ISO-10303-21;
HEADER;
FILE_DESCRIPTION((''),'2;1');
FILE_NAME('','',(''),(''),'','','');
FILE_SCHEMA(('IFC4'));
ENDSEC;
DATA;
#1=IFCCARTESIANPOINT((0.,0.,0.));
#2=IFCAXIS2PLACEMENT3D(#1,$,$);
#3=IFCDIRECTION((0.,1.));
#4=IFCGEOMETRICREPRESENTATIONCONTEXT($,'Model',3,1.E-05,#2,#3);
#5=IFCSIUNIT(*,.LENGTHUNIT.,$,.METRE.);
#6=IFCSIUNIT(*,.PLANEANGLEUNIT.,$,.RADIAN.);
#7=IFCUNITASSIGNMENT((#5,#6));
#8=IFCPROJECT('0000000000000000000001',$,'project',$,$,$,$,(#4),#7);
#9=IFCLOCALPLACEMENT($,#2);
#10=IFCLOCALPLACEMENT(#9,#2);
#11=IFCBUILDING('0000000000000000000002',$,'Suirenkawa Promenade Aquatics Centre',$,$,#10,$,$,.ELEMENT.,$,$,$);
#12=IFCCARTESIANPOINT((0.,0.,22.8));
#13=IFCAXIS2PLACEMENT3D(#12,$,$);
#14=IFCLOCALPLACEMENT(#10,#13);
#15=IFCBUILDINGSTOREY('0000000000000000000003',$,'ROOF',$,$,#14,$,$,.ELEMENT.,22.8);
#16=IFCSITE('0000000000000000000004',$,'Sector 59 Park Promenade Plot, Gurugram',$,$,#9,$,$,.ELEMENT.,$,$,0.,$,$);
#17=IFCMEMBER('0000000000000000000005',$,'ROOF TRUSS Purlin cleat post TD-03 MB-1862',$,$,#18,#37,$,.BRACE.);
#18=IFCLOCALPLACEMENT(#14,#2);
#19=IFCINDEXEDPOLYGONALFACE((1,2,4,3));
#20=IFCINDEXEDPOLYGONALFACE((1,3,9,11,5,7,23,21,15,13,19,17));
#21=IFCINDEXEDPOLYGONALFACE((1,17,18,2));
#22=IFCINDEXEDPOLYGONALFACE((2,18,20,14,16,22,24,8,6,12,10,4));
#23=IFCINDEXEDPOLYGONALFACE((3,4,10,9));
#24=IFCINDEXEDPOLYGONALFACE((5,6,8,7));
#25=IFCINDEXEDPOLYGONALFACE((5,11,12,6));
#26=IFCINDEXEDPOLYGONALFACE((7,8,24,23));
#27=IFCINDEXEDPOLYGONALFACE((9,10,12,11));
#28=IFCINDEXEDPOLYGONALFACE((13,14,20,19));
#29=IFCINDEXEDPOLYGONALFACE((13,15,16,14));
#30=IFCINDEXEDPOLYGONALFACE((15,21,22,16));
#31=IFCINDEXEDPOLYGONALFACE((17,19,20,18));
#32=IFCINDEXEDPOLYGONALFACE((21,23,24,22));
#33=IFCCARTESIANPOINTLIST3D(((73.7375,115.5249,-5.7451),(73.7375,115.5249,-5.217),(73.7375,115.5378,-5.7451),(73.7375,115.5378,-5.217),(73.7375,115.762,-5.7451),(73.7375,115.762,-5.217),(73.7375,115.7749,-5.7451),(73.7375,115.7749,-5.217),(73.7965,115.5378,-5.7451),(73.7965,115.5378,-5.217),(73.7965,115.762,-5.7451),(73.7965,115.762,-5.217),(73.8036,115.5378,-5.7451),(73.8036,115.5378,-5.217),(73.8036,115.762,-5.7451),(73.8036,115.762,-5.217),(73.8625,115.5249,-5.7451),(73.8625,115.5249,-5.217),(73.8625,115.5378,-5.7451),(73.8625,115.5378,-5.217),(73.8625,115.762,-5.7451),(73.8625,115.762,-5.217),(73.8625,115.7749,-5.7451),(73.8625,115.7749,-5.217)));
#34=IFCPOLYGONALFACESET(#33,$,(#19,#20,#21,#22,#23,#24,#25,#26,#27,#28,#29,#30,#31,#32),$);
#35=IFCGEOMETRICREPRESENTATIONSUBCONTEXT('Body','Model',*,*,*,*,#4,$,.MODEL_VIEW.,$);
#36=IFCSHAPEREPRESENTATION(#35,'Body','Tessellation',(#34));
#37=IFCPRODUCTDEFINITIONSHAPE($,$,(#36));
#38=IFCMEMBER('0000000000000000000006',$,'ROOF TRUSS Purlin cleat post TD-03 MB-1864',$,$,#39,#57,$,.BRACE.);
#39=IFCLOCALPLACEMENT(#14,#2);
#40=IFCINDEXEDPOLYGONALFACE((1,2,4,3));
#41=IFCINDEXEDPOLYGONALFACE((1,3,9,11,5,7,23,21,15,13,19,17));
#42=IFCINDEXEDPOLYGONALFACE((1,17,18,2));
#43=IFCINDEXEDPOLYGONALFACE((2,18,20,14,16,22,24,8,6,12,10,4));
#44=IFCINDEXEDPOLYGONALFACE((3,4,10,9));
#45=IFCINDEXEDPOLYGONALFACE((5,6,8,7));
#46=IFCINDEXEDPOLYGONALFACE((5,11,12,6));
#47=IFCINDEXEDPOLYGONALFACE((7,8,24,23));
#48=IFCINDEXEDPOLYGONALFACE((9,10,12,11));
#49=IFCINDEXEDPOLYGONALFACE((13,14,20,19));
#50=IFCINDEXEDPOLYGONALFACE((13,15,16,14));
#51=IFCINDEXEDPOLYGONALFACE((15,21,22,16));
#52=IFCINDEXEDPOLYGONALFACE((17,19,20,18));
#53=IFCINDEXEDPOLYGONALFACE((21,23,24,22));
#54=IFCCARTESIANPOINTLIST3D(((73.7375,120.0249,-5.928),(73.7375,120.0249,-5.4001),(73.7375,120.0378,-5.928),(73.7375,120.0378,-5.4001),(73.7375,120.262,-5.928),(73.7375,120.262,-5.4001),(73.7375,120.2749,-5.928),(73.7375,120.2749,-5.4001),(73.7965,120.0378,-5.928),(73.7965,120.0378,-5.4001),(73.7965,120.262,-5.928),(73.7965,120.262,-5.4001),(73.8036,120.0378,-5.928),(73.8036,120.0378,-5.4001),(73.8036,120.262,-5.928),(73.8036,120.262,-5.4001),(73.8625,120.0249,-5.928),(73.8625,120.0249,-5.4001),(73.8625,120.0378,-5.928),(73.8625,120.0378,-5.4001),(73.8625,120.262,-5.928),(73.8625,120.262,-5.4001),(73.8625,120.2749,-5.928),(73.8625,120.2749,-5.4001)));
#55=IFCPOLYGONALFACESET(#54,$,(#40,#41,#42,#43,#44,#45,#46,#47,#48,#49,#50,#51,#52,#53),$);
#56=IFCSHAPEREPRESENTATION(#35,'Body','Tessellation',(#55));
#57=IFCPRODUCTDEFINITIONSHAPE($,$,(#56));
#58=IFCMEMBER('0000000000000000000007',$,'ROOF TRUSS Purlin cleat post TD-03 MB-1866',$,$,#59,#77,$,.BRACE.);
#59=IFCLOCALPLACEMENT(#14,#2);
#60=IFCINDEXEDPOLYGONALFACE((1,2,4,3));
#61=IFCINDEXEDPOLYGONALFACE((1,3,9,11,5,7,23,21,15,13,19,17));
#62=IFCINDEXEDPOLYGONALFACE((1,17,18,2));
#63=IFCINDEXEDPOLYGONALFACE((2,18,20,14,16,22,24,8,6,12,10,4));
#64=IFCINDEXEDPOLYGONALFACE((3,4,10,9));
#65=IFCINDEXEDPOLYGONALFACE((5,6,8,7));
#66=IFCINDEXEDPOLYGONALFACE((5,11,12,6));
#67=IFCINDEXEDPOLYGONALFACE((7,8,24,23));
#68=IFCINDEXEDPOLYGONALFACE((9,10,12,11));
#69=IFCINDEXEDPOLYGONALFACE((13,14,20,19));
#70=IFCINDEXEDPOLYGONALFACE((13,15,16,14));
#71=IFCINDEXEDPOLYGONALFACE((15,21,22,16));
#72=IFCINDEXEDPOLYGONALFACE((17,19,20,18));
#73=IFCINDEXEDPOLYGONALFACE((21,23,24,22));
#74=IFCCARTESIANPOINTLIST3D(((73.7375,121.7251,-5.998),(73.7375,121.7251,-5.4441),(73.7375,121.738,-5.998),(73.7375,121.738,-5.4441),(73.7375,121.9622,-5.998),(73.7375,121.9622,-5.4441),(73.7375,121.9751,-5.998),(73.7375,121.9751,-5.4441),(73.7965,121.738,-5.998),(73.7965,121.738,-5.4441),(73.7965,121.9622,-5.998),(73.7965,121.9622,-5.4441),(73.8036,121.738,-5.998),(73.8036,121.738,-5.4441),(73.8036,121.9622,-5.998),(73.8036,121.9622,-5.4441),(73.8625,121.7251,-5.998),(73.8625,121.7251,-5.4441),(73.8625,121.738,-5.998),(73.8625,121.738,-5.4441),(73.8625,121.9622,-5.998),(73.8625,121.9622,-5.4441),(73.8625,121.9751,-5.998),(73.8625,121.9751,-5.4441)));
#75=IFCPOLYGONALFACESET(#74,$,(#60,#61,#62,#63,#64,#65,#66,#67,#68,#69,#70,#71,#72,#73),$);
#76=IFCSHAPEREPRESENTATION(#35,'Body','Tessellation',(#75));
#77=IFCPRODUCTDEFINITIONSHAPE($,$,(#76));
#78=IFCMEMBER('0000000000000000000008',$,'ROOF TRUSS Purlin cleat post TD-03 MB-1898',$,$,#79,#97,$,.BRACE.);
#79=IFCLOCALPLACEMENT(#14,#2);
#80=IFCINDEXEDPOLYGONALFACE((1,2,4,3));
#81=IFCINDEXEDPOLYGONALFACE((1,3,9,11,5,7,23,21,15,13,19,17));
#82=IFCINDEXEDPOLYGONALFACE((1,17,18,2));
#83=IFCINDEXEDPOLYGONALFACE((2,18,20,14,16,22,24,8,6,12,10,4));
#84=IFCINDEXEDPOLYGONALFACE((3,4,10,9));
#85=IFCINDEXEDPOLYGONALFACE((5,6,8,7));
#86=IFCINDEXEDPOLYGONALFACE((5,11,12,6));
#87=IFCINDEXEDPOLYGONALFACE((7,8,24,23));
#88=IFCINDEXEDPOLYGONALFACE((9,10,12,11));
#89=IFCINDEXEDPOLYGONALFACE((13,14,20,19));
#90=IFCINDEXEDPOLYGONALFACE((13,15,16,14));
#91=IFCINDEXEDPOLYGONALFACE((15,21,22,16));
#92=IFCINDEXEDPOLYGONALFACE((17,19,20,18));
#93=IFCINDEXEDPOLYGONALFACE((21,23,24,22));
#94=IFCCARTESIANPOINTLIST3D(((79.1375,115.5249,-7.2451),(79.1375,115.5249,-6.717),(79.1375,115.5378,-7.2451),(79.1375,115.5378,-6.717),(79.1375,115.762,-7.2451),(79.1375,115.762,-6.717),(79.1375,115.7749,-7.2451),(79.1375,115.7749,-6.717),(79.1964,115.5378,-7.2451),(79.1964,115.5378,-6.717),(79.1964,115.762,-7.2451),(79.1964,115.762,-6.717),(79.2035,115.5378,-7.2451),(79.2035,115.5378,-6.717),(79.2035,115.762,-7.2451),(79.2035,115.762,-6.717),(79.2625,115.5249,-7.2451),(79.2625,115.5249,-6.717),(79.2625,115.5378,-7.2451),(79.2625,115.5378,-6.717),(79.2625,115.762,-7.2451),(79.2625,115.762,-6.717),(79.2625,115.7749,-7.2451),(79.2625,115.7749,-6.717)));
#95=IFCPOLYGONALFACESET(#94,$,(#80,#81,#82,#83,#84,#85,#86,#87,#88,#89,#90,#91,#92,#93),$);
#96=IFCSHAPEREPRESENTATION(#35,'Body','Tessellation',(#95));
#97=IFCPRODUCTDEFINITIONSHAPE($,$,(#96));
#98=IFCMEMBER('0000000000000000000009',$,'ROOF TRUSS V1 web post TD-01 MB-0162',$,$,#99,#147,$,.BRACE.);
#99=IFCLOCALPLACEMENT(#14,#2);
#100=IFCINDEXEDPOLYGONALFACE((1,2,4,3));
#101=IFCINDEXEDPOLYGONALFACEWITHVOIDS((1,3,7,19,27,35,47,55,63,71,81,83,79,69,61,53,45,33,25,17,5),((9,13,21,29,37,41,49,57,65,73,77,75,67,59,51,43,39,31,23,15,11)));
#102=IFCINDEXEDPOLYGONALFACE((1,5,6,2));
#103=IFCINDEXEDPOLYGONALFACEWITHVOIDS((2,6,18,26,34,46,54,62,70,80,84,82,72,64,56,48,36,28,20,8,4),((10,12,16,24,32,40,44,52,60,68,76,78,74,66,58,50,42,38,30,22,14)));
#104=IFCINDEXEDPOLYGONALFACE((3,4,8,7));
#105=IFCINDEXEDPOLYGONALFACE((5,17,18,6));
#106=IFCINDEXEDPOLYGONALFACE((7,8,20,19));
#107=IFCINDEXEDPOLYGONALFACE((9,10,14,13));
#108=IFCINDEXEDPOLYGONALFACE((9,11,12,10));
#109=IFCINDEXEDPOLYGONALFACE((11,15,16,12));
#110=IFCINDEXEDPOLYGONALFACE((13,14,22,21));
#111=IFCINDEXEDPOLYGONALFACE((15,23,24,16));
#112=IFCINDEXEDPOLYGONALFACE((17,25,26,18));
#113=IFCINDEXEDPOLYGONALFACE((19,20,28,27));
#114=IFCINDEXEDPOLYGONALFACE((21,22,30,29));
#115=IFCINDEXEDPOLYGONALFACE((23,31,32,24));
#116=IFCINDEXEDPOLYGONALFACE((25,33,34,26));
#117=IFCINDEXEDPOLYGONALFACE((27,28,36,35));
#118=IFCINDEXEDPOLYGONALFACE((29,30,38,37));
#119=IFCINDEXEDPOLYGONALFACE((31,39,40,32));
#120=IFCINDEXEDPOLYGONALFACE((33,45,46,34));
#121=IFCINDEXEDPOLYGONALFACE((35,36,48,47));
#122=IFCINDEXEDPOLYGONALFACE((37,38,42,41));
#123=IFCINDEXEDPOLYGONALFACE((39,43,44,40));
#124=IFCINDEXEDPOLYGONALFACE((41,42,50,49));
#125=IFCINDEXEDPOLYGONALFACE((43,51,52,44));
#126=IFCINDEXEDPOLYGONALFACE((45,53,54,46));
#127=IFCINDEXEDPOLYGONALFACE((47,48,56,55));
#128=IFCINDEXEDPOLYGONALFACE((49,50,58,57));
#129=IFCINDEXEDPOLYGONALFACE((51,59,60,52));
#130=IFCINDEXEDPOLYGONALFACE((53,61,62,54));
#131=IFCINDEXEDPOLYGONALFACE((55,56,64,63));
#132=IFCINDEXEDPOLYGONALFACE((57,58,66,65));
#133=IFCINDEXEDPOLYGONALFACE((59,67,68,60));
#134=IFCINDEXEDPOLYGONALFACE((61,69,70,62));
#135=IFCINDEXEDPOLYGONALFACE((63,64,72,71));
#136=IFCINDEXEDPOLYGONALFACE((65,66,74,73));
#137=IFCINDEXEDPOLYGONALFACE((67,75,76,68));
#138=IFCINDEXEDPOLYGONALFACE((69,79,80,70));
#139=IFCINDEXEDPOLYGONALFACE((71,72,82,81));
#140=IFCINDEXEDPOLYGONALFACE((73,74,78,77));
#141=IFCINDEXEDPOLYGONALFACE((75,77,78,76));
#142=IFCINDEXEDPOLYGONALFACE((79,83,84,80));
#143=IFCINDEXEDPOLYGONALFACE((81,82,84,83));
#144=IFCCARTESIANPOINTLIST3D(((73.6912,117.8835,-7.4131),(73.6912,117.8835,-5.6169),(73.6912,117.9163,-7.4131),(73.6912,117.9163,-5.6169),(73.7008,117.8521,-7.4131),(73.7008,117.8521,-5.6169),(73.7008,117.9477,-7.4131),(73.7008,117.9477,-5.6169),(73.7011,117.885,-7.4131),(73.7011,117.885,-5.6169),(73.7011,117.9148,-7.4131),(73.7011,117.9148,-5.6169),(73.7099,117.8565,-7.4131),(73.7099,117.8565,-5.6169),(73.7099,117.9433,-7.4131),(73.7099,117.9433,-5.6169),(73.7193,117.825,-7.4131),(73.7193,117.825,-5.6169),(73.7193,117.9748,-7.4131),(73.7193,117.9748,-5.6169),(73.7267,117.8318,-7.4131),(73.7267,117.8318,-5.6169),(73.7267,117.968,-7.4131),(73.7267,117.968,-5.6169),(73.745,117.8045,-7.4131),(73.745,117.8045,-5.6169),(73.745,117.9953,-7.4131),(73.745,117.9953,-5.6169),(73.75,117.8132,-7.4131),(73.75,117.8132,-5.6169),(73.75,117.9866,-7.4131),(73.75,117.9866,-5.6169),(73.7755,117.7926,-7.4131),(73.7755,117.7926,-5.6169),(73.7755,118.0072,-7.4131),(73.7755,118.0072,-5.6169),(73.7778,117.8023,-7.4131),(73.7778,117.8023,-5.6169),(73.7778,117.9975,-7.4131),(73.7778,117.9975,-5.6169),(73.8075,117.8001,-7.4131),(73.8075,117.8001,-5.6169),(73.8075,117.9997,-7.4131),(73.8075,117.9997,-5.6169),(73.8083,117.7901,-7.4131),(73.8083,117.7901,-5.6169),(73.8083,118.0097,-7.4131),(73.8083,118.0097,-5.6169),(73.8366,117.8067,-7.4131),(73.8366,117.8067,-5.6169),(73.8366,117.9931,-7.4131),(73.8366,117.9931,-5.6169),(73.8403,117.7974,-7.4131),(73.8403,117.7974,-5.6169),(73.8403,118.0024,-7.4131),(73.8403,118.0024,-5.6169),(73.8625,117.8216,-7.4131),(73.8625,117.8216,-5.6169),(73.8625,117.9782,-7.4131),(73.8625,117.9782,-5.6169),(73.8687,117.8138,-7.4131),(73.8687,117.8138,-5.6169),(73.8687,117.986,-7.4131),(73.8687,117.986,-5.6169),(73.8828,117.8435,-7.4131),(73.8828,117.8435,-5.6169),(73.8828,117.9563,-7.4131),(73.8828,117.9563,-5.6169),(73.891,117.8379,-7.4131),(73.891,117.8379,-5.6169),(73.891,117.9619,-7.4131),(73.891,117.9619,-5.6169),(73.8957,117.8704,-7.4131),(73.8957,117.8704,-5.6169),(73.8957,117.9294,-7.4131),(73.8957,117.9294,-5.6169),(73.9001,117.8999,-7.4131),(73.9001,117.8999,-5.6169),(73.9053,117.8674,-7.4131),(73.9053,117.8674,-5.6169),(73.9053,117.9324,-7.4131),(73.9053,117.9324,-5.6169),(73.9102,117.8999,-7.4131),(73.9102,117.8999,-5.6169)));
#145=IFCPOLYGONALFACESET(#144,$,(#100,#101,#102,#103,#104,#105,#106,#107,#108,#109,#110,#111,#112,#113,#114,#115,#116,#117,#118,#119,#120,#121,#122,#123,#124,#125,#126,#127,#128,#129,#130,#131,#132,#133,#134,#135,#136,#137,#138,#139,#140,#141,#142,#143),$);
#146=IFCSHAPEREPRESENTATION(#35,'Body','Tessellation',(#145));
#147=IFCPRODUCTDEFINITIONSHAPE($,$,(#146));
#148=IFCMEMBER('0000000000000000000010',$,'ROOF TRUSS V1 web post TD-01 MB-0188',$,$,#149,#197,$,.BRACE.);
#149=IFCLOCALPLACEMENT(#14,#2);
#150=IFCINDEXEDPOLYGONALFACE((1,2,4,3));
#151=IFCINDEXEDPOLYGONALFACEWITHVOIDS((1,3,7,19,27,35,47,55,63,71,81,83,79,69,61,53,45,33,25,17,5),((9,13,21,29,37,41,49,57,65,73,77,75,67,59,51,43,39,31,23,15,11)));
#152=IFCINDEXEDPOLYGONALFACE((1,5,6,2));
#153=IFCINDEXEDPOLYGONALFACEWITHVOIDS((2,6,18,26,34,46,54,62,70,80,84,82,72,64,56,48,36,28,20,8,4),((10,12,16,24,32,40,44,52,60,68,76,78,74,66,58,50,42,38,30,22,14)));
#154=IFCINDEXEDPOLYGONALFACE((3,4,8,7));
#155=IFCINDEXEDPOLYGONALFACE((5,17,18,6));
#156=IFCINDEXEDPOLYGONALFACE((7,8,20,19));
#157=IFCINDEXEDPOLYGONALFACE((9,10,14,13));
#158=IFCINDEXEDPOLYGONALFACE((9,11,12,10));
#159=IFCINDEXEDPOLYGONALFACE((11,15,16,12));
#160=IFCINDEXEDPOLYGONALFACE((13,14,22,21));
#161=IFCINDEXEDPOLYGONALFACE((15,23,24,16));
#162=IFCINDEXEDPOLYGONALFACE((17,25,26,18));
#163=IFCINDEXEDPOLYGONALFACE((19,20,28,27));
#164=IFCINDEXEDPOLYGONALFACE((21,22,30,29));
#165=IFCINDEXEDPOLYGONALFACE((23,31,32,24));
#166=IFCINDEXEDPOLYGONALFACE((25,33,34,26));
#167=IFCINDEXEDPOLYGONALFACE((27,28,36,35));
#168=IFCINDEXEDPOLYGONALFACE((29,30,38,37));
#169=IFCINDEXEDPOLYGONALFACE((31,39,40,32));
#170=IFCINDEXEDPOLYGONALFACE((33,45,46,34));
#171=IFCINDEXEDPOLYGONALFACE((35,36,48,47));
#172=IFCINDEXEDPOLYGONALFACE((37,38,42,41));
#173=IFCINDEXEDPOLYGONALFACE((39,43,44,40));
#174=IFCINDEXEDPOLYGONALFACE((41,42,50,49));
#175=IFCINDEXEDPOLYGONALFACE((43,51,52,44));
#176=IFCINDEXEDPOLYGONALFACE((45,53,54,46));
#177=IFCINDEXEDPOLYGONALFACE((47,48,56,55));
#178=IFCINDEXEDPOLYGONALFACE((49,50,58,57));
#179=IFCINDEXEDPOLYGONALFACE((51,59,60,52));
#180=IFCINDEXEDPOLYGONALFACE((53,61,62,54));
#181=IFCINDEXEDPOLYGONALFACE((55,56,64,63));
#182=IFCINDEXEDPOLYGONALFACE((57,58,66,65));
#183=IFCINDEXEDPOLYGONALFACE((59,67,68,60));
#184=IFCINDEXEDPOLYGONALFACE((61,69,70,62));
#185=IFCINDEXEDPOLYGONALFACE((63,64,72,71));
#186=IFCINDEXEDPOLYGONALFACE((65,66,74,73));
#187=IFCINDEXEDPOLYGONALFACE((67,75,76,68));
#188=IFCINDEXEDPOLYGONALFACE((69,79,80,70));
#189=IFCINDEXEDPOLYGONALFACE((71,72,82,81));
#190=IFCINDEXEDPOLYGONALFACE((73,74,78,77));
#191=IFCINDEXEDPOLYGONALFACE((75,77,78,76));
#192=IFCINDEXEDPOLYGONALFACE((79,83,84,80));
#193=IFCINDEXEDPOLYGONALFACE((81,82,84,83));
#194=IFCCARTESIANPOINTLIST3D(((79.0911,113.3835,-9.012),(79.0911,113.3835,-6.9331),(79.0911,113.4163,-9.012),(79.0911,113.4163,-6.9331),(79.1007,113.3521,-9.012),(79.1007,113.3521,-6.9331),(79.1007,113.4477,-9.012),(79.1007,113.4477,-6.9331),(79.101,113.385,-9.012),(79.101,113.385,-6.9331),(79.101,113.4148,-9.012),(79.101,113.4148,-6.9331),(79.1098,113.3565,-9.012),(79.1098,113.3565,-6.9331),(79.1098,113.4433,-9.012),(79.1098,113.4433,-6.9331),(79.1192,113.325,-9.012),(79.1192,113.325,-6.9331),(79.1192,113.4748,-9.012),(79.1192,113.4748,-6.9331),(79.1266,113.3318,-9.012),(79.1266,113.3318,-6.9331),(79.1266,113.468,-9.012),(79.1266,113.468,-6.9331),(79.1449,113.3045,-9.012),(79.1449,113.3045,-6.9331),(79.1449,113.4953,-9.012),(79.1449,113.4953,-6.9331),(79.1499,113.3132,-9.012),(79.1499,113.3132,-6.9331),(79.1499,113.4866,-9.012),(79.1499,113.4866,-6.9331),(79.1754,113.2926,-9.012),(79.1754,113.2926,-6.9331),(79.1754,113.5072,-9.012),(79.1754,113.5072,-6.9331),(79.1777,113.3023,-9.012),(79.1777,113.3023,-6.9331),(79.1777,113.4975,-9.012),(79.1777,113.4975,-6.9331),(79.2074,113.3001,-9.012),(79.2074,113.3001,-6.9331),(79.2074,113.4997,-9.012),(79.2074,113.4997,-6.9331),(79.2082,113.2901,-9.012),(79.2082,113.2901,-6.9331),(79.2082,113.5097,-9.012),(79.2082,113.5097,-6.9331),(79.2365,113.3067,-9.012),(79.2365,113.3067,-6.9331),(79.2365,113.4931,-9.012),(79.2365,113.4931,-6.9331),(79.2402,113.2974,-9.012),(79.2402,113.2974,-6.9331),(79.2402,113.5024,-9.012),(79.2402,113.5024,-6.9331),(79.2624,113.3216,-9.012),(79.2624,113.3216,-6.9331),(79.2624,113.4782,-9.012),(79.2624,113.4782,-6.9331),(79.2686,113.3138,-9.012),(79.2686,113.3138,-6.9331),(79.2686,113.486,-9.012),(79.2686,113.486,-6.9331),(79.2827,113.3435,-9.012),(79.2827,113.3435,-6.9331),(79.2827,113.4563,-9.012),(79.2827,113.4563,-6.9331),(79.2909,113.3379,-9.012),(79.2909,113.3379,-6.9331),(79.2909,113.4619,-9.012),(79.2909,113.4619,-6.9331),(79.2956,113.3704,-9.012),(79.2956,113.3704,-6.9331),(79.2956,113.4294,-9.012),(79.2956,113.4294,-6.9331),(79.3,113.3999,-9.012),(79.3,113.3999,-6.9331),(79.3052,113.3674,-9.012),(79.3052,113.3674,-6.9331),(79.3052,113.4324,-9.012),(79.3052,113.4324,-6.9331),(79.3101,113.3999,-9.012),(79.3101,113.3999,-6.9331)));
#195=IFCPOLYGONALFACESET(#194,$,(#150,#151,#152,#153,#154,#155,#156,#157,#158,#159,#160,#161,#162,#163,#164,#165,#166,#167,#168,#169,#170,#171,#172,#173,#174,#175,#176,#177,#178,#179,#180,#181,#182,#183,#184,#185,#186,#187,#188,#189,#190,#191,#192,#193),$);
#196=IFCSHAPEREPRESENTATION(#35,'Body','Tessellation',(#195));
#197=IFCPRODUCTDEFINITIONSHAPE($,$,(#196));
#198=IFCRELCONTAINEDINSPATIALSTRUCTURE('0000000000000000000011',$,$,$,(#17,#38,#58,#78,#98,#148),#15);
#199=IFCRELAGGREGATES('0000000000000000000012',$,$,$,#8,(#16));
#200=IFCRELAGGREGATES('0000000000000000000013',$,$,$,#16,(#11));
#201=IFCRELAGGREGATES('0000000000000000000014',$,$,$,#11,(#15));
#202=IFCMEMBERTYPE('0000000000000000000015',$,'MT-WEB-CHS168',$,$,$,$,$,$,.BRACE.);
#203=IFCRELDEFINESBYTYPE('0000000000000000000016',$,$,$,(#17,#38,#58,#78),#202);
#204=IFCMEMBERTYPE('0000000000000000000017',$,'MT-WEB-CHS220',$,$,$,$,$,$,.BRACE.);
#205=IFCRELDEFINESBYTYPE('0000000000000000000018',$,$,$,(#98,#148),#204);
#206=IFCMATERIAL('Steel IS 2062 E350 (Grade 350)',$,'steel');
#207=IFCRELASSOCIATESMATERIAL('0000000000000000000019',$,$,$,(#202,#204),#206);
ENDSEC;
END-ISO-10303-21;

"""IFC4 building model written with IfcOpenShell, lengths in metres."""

from ifc_helpers import new_model, si_unit, direction, frame, origin, origin_2d, place, context, subcontext, project, spatial, hollow_circle, i_section, extrude, material, material_profile, profile_set, type_object, element, save


model = new_model("IFC4")

# Units and contexts
model_context = context("Model", 3, precision=1e-05, world=origin(), true_north=direction((0.0, 1.0)))
body_context = subcontext(model_context, "Body", "Model", "MODEL_VIEW")
ifc_project = project(units=[si_unit("LENGTHUNIT", "METRE"), si_unit("PLANEANGLEUNIT", "RADIAN")], contexts=[model_context])

# Site, building, storey
site_placement = place(None, origin())
site = spatial("IfcSite", under=ifc_project, at=site_placement, Name="Sector 59 Park Promenade Plot, Gurugram", CompositionType="ELEMENT", RefElevation=0.0)
building_placement = place(site_placement, origin())
building = spatial("IfcBuilding", under=site, at=building_placement, Name="Suirenkawa Promenade Aquatics Centre", CompositionType="ELEMENT")
storey_placement = place(building_placement, frame((0.0, 0.0, 22.8)))
storey = spatial("IfcBuildingStorey", under=building, at=storey_placement, Name="ROOF", CompositionType="ELEMENT", Elevation=22.8)

# Shared definitions
ifc_material = material(Name="Steel IS 2062 E350 (Grade 350)", Category="steel")

# Members
ifc_material_profile_1 = material_profile(ifc_material, i_section(OverallWidth=0.125, OverallDepth=0.25, WebThickness=0.0071, FlangeThickness=0.0129, at=origin_2d()), Name="ISMB 250", Category="steel")
ifc_profile_set_1 = profile_set([ifc_material_profile_1], Name="Steel IS 2062 E350 (Grade 350)")
member_type_1 = type_object("IfcMemberType", Name="MT-WEB-CHS168", PredefinedType="BRACE", material=ifc_profile_set_1)
member_1_placement = place(storey_placement, frame((73.8, 115.6499, -5.7451), z_axis=(0.0, 0.0, 1.0), x_axis=(1.0, 0.0, 0.0)))
element("IfcMember", 1, at=member_1_placement, inside=storey, type_object=member_type_1, Name="ROOF TRUSS Purlin cleat post TD-03 MB-1862", PredefinedType="BRACE", context=body_context, shape_type="SweptSolid", body=[
    extrude(i_section(OverallWidth=0.125, OverallDepth=0.25, WebThickness=0.0071, FlangeThickness=0.0129, at=origin_2d()), origin(), (0.0, 0.0, 1.0), 0.5281),
])
member_2_placement = place(storey_placement, frame((73.8, 120.1499, -5.928), z_axis=(0.0, 0.0, 1.0), x_axis=(1.0, 0.0, 0.0)))
element("IfcMember", 2, at=member_2_placement, inside=storey, type_object=member_type_1, Name="ROOF TRUSS Purlin cleat post TD-03 MB-1864", PredefinedType="BRACE", context=body_context, shape_type="SweptSolid", body=[
    extrude(i_section(OverallWidth=0.125, OverallDepth=0.25, WebThickness=0.0071, FlangeThickness=0.0129, at=origin_2d()), origin(), (0.0, 0.0, 1.0), 0.5278),
])
member_3_placement = place(storey_placement, frame((73.8, 121.8501, -5.998), z_axis=(0.0, 0.0, 1.0), x_axis=(1.0, 0.0, 0.0)))
element("IfcMember", 3, at=member_3_placement, inside=storey, type_object=member_type_1, Name="ROOF TRUSS Purlin cleat post TD-03 MB-1866", PredefinedType="BRACE", context=body_context, shape_type="SweptSolid", body=[
    extrude(i_section(OverallWidth=0.125, OverallDepth=0.25, WebThickness=0.0071, FlangeThickness=0.0129, at=origin_2d()), origin(), (0.0, 0.0, 1.0), 0.554),
])
member_4_placement = place(storey_placement, frame((79.2, 115.6499, -7.2451), z_axis=(0.0, 0.0, 1.0), x_axis=(1.0, 0.0, 0.0)))
element("IfcMember", 4, at=member_4_placement, inside=storey, type_object=member_type_1, Name="ROOF TRUSS Purlin cleat post TD-03 MB-1898", PredefinedType="BRACE", context=body_context, shape_type="SweptSolid", body=[
    extrude(i_section(OverallWidth=0.125, OverallDepth=0.25, WebThickness=0.0071, FlangeThickness=0.0129, at=origin_2d()), origin(), (0.0, 0.0, 1.0), 0.5281),
])
ifc_material_profile_2 = material_profile(ifc_material, hollow_circle(Radius=0.1101, WallThickness=0.01, at=origin_2d()), Name="CHS 220x10", Category="steel")
ifc_profile_set_2 = profile_set([ifc_material_profile_2], Name="Steel IS 2062 E350 (Grade 350)")
member_type_2 = type_object("IfcMemberType", Name="MT-WEB-CHS220", PredefinedType="BRACE", material=ifc_profile_set_2)
member_5_placement = place(storey_placement, frame((73.8, 117.8999, -7.4131), z_axis=(0.0, 0.0, 1.0), x_axis=(1.0, 0.0, 0.0)))
element("IfcMember", 5, at=member_5_placement, inside=storey, type_object=member_type_2, Name="ROOF TRUSS V1 web post TD-01 MB-0162", PredefinedType="BRACE", context=body_context, shape_type="SweptSolid", body=[
    extrude(hollow_circle(Radius=0.1101, WallThickness=0.01, at=origin_2d()), origin(), (0.0, 0.0, 1.0), 1.7961),
])
member_6_placement = place(storey_placement, frame((79.2, 113.3999, -9.012), z_axis=(0.0, 0.0, 1.0), x_axis=(1.0, 0.0, 0.0)))
element("IfcMember", 6, at=member_6_placement, inside=storey, type_object=member_type_2, Name="ROOF TRUSS V1 web post TD-01 MB-0188", PredefinedType="BRACE", context=body_context, shape_type="SweptSolid", body=[
    extrude(hollow_circle(Radius=0.1101, WallThickness=0.01, at=origin_2d()), origin(), (0.0, 0.0, 1.0), 2.0789),
])

save(model, "model.ifc")
